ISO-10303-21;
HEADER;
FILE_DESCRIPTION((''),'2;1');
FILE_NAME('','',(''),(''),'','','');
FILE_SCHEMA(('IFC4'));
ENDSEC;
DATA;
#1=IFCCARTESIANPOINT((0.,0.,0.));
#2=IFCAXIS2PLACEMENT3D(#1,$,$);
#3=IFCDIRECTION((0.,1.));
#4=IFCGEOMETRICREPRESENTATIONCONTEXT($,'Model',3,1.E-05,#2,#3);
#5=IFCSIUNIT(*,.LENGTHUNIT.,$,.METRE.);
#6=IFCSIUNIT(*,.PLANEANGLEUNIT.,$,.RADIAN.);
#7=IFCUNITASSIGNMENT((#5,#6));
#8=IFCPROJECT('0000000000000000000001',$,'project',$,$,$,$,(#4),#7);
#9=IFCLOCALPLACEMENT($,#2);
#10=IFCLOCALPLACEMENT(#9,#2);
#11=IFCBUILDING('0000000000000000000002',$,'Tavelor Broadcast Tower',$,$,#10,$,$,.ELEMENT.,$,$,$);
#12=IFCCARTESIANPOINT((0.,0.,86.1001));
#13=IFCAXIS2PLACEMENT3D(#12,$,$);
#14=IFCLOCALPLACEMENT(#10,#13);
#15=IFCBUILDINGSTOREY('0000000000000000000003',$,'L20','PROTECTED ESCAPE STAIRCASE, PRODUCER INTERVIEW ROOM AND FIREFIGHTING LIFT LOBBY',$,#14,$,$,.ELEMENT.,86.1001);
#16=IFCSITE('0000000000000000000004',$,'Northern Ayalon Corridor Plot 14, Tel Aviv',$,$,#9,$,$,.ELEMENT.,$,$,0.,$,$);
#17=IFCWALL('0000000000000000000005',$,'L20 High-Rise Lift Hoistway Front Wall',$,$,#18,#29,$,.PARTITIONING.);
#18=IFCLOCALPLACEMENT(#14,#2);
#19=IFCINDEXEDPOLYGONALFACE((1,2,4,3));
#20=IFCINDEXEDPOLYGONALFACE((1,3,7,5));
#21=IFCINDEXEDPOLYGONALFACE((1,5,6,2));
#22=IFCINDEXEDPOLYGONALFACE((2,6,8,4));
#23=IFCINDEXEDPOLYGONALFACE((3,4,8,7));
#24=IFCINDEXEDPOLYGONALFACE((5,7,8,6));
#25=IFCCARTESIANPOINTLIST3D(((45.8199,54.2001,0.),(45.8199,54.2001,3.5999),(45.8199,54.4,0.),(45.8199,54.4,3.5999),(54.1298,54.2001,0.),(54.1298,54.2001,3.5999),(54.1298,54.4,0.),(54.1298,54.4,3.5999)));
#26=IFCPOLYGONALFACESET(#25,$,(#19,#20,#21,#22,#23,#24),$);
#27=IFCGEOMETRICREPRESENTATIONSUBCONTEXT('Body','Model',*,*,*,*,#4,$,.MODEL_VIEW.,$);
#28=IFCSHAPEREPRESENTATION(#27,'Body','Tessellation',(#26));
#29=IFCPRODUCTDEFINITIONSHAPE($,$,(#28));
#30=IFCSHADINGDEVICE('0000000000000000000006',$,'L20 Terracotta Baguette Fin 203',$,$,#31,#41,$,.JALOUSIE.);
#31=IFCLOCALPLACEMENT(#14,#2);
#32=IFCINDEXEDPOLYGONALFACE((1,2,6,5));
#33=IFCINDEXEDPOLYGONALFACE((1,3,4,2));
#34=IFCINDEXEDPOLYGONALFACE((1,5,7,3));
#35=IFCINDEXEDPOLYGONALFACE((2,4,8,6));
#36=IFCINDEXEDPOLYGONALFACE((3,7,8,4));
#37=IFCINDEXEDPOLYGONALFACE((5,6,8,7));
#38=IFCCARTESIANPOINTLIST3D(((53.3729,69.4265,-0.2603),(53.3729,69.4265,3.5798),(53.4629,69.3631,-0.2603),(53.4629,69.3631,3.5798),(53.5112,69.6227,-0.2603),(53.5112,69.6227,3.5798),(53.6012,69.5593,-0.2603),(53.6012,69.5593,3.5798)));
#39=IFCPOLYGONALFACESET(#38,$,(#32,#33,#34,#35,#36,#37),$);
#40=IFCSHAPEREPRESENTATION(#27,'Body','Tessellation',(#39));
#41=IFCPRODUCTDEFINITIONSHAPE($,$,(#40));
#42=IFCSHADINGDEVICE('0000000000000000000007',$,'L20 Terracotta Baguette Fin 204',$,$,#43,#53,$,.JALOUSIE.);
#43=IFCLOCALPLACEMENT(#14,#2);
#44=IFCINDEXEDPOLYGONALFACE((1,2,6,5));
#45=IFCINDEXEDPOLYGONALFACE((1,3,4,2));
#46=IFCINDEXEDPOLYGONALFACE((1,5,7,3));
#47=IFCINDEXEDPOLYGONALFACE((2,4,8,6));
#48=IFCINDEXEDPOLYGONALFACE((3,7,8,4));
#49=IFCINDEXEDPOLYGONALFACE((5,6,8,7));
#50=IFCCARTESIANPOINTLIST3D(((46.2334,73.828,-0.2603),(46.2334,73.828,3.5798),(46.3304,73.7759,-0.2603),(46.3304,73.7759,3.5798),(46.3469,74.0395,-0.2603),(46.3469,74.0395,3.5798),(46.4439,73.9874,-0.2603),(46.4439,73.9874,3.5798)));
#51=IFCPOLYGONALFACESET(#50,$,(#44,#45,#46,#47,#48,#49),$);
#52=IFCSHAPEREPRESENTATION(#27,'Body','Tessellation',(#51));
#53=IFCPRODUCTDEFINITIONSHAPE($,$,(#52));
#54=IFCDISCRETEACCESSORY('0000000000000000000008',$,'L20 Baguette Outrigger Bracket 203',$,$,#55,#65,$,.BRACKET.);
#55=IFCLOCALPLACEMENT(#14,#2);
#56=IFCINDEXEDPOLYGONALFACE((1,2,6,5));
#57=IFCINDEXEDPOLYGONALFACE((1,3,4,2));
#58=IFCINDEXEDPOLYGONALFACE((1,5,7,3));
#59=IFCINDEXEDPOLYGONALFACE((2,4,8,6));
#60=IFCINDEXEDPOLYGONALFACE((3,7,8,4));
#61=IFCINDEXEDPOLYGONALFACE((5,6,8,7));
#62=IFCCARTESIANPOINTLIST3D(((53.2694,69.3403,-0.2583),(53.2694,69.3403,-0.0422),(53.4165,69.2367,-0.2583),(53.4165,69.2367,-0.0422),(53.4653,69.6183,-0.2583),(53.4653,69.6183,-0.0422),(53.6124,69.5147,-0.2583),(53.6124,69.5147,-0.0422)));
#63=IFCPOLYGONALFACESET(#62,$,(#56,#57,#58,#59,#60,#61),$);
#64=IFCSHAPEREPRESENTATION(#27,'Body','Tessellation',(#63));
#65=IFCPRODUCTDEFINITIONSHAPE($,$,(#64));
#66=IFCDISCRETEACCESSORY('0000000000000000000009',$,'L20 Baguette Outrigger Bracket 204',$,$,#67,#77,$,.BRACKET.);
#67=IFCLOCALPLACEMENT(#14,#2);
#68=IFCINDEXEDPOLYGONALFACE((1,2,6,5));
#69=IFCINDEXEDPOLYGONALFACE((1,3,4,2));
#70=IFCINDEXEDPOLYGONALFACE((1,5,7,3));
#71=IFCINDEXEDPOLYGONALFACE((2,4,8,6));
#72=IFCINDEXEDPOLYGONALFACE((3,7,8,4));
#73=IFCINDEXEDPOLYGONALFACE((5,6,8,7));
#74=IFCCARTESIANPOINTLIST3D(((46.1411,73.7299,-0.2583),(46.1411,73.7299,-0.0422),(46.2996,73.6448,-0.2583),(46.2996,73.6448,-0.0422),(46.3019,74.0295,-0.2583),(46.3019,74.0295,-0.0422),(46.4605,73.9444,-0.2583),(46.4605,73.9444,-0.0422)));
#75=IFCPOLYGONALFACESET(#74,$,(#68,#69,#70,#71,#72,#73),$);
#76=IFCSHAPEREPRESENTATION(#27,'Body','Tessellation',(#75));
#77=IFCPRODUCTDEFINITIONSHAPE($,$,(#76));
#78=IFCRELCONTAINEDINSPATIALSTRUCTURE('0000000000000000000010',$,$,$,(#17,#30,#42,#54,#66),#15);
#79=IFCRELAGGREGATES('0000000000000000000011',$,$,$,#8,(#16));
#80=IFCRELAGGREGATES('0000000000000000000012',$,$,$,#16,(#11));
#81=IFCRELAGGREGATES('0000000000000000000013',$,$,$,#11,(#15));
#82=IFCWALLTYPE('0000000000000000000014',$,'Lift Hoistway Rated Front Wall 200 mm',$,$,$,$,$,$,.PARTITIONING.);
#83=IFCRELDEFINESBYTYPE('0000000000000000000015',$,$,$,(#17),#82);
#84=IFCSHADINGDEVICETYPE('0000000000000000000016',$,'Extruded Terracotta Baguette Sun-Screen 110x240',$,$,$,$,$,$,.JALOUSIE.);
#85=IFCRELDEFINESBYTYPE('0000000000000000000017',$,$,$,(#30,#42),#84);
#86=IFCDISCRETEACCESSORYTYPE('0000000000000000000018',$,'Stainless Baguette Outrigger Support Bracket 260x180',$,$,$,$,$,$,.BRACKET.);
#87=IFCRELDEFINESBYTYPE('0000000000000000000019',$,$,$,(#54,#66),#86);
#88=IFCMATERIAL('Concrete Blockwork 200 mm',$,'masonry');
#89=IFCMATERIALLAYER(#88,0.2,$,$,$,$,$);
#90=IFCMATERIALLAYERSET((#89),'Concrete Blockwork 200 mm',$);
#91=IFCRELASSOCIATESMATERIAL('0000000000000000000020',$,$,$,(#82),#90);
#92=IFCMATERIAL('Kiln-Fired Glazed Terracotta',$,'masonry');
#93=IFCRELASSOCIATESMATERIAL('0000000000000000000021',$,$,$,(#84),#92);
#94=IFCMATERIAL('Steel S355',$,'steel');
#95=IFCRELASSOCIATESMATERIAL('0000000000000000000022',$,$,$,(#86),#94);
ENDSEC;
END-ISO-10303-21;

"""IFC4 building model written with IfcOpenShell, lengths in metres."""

from ifc_helpers import new_model, si_unit, direction, frame, frame_2d, origin, origin_2d, place, context, subcontext, project, spatial, rectangle, extrude, source, transform, mapped, material, layer, layer_set, type_object, type_shapes, element, save


model = new_model("IFC4")

# Units and contexts
model_context = context("Model", 3, precision=1e-05, world=origin(), true_north=direction((0.0, 1.0)))
body_context = subcontext(model_context, "Body", "Model", "MODEL_VIEW")
ifc_project = project(units=[si_unit("LENGTHUNIT", "METRE"), si_unit("PLANEANGLEUNIT", "RADIAN")], contexts=[model_context])

# Site, building, storey
site_placement = place(None, origin())
site = spatial("IfcSite", under=ifc_project, at=site_placement, Name="Northern Ayalon Corridor Plot 14, Tel Aviv", CompositionType="ELEMENT", RefElevation=0.0)
building_placement = place(site_placement, origin())
building = spatial("IfcBuilding", under=site, at=building_placement, Name="Tavelor Broadcast Tower", CompositionType="ELEMENT")
storey_placement = place(building_placement, frame((0.0, 0.0, 86.1001)))
storey = spatial("IfcBuildingStorey", under=building, at=storey_placement, Name="L20", Description="PROTECTED ESCAPE STAIRCASE, PRODUCER INTERVIEW ROOM AND FIREFIGHTING LIFT LOBBY", CompositionType="ELEMENT", Elevation=86.1001)

# Shared definitions
ifc_material_1 = material(Name="Steel S355", Category="steel")

# Wall
ifc_material_2 = material(Name="Concrete Blockwork 200 mm", Category="masonry")
ifc_layer_1 = layer(ifc_material_2, 0.2)
ifc_layer_set_1 = layer_set([ifc_layer_1], Name="Concrete Blockwork 200 mm")
wall_type_1 = type_object("IfcWallType", Name="Lift Hoistway Rated Front Wall 200 mm", PredefinedType="PARTITIONING", material=ifc_layer_set_1)
wall_1_placement = place(storey_placement, frame((45.8201, 54.3, 0.0), z_axis=(0.0, 0.0, 1.0), x_axis=(1.0, 0.0, 0.0)))
element("IfcWall", 1, at=wall_1_placement, inside=storey, type_object=wall_type_1, Name="L20 High-Rise Lift Hoistway Front Wall", PredefinedType="PARTITIONING", context=body_context, shape_type="SweptSolid", body=[
    extrude(rectangle(XDim=8.3098, YDim=0.2, at=frame_2d((4.1548, 0.0))), origin(), (0.0, 0.0, 1.0), 3.5999),
])

# Shading devices
ifc_material_3 = material(Name="Kiln-Fired Glazed Terracotta", Category="masonry")
shading_device_type = type_object("IfcShadingDeviceType", Name="Extruded Terracotta Baguette Sun-Screen 110x240", PredefinedType="JALOUSIE", material=ifc_material_3)
shared_shape_1 = source(origin(), body_context, "Body", "SweptSolid", [
    extrude(rectangle(XDim=0.1101, YDim=0.24, at=origin_2d()), origin(), (0.0, 0.0, 1.0), 3.8401),
])
type_shapes(shading_device_type, [shared_shape_1])
for number, where, z_axis, x_axis, name in (
    (2, (53.4871, 69.4929, -0.2603), (0.0, 0.0, 1.0), (-0.817447, 0.576004, 0.0), "L20 Terracotta Baguette Fin 203"),
    (3, (46.3386, 73.9077, -0.2603), (0.0, 0.0, 1.0), (-0.881138, 0.472858, 0.0), "L20 Terracotta Baguette Fin 204"),
):
    element("IfcShadingDevice", number, at=place(storey_placement, frame(where, z_axis=z_axis, x_axis=x_axis)), inside=storey, type_object=shading_device_type, Name=name, PredefinedType="JALOUSIE", context=body_context, shape_type="MappedRepresentation", body=[
        mapped(shared_shape_1, transform((0.0, 0.0, 0.0), scale=1.0)),
    ])

# Discrete accessories
discrete_accessory_type = type_object("IfcDiscreteAccessoryType", Name="Stainless Baguette Outrigger Support Bracket 260x180", PredefinedType="BRACKET", material=ifc_material_1)
shared_shape_2 = source(origin(), body_context, "Body", "SweptSolid", [
    extrude(rectangle(XDim=0.1799, YDim=0.3401, at=origin_2d()), origin(), (0.0, 0.0, 1.0), 0.2161),
])
type_shapes(discrete_accessory_type, [shared_shape_2])
for number, where, z_axis, x_axis, name in (
    (4, (53.4409, 69.4275, -0.2583), (0.0, 0.0, 1.0), (-0.817447, 0.576004, 0.0), "L20 Baguette Outrigger Bracket 203"),
    (5, (46.3008, 73.8372, -0.2583), (0.0, 0.0, 1.0), (-0.881138, 0.472858, 0.0), "L20 Baguette Outrigger Bracket 204"),
):
    element("IfcDiscreteAccessory", number, at=place(storey_placement, frame(where, z_axis=z_axis, x_axis=x_axis)), inside=storey, type_object=discrete_accessory_type, Name=name, PredefinedType="BRACKET", context=body_context, shape_type="MappedRepresentation", body=[
        mapped(shared_shape_2, transform((0.0, 0.0, 0.0), scale=1.0)),
    ])

save(model, "model.ifc")
